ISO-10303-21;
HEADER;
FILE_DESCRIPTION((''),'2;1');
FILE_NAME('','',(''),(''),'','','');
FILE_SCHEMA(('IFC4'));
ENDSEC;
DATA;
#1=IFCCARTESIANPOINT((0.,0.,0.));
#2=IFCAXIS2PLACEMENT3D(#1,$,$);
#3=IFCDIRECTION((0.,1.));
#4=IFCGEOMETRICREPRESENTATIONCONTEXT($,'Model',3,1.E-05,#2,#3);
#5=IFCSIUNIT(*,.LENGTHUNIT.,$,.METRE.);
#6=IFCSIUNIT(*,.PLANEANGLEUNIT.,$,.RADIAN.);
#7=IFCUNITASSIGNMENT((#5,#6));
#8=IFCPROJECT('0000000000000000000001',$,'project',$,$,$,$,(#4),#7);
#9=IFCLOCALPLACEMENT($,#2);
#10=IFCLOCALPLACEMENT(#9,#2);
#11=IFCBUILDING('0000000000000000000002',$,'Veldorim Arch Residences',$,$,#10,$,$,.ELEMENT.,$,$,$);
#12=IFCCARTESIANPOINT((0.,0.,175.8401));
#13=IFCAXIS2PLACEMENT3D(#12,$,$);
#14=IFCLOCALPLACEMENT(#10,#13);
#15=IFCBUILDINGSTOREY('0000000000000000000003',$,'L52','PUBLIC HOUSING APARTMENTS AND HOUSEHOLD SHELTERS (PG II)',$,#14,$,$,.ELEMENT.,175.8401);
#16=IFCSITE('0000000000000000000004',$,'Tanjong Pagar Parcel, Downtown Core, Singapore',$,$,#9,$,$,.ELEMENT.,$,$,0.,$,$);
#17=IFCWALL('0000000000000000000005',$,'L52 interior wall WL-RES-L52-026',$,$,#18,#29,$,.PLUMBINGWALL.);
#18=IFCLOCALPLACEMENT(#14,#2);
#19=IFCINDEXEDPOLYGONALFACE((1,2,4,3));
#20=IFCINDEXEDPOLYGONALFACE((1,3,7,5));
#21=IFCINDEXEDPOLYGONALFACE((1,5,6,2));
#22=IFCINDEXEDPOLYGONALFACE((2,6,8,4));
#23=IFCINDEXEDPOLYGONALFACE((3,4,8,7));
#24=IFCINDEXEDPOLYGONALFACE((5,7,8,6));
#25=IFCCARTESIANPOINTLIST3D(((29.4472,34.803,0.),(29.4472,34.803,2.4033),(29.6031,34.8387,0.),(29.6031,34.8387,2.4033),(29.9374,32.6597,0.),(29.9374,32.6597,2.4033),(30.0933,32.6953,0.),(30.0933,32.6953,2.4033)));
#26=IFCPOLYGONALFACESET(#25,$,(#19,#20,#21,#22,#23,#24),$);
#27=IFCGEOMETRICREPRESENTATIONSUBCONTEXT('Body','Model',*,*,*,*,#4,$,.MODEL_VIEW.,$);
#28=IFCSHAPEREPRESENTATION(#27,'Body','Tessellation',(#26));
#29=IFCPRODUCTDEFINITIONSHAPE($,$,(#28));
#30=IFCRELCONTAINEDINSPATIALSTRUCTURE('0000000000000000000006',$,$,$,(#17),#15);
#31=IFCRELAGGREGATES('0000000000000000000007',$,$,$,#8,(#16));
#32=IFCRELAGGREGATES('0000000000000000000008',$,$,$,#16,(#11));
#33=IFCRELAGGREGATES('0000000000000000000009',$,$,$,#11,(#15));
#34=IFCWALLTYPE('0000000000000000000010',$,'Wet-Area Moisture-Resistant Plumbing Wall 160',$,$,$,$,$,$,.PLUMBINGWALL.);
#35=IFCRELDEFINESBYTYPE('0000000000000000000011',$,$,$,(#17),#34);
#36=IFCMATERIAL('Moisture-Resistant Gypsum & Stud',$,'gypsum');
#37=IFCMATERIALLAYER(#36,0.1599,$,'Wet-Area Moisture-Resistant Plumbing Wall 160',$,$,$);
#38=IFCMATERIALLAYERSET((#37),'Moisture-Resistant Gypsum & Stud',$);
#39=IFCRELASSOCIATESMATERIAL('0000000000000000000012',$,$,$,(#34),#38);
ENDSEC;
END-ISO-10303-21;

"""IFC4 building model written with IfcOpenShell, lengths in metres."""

from ifc_helpers import new_model, si_unit, direction, frame, frame_2d, origin, place, context, subcontext, project, spatial, rectangle, extrude, material, layer, layer_set, type_object, element, save


model = new_model("IFC4")

# Units and contexts
model_context = context("Model", 3, precision=1e-05, world=origin(), true_north=direction((0.0, 1.0)))
body_context = subcontext(model_context, "Body", "Model", "MODEL_VIEW")
ifc_project = project(units=[si_unit("LENGTHUNIT", "METRE"), si_unit("PLANEANGLEUNIT", "RADIAN")], contexts=[model_context])

# Site, building, storey
site_placement = place(None, origin())
site = spatial("IfcSite", under=ifc_project, at=site_placement, Name="Tanjong Pagar Parcel, Downtown Core, Singapore", CompositionType="ELEMENT", RefElevation=0.0)
building_placement = place(site_placement, origin())
building = spatial("IfcBuilding", under=site, at=building_placement, Name="Veldorim Arch Residences", CompositionType="ELEMENT")
storey_placement = place(building_placement, frame((0.0, 0.0, 175.8401)))
storey = spatial("IfcBuildingStorey", under=building, at=storey_placement, Name="L52", Description="PUBLIC HOUSING APARTMENTS AND HOUSEHOLD SHELTERS (PG II)", CompositionType="ELEMENT", Elevation=175.8401)

# Wall
ifc_material_1 = material(Name="Moisture-Resistant Gypsum & Stud", Category="gypsum")
ifc_layer_1 = layer(ifc_material_1, 0.1599, Name="Wet-Area Moisture-Resistant Plumbing Wall 160")
ifc_layer_set_1 = layer_set([ifc_layer_1], Name="Moisture-Resistant Gypsum & Stud")
wall_type_1 = type_object("IfcWallType", Name="Wet-Area Moisture-Resistant Plumbing Wall 160", PredefinedType="PLUMBINGWALL", material=ifc_layer_set_1)
wall_1_placement = place(storey_placement, frame((30.0154, 32.6775, 0.0), z_axis=(0.0, 0.0, 1.0), x_axis=(-0.22297, 0.974825, 0.0)))
element("IfcWall", 1, at=wall_1_placement, inside=storey, type_object=wall_type_1, Name="L52 interior wall WL-RES-L52-026", PredefinedType="PLUMBINGWALL", context=body_context, shape_type="SweptSolid", body=[
    extrude(rectangle(XDim=2.1987, YDim=0.1599, at=frame_2d((1.0994, 0.0))), origin(), (0.0, 0.0, 1.0), 2.4033),
])

save(model, "model.ifc")
